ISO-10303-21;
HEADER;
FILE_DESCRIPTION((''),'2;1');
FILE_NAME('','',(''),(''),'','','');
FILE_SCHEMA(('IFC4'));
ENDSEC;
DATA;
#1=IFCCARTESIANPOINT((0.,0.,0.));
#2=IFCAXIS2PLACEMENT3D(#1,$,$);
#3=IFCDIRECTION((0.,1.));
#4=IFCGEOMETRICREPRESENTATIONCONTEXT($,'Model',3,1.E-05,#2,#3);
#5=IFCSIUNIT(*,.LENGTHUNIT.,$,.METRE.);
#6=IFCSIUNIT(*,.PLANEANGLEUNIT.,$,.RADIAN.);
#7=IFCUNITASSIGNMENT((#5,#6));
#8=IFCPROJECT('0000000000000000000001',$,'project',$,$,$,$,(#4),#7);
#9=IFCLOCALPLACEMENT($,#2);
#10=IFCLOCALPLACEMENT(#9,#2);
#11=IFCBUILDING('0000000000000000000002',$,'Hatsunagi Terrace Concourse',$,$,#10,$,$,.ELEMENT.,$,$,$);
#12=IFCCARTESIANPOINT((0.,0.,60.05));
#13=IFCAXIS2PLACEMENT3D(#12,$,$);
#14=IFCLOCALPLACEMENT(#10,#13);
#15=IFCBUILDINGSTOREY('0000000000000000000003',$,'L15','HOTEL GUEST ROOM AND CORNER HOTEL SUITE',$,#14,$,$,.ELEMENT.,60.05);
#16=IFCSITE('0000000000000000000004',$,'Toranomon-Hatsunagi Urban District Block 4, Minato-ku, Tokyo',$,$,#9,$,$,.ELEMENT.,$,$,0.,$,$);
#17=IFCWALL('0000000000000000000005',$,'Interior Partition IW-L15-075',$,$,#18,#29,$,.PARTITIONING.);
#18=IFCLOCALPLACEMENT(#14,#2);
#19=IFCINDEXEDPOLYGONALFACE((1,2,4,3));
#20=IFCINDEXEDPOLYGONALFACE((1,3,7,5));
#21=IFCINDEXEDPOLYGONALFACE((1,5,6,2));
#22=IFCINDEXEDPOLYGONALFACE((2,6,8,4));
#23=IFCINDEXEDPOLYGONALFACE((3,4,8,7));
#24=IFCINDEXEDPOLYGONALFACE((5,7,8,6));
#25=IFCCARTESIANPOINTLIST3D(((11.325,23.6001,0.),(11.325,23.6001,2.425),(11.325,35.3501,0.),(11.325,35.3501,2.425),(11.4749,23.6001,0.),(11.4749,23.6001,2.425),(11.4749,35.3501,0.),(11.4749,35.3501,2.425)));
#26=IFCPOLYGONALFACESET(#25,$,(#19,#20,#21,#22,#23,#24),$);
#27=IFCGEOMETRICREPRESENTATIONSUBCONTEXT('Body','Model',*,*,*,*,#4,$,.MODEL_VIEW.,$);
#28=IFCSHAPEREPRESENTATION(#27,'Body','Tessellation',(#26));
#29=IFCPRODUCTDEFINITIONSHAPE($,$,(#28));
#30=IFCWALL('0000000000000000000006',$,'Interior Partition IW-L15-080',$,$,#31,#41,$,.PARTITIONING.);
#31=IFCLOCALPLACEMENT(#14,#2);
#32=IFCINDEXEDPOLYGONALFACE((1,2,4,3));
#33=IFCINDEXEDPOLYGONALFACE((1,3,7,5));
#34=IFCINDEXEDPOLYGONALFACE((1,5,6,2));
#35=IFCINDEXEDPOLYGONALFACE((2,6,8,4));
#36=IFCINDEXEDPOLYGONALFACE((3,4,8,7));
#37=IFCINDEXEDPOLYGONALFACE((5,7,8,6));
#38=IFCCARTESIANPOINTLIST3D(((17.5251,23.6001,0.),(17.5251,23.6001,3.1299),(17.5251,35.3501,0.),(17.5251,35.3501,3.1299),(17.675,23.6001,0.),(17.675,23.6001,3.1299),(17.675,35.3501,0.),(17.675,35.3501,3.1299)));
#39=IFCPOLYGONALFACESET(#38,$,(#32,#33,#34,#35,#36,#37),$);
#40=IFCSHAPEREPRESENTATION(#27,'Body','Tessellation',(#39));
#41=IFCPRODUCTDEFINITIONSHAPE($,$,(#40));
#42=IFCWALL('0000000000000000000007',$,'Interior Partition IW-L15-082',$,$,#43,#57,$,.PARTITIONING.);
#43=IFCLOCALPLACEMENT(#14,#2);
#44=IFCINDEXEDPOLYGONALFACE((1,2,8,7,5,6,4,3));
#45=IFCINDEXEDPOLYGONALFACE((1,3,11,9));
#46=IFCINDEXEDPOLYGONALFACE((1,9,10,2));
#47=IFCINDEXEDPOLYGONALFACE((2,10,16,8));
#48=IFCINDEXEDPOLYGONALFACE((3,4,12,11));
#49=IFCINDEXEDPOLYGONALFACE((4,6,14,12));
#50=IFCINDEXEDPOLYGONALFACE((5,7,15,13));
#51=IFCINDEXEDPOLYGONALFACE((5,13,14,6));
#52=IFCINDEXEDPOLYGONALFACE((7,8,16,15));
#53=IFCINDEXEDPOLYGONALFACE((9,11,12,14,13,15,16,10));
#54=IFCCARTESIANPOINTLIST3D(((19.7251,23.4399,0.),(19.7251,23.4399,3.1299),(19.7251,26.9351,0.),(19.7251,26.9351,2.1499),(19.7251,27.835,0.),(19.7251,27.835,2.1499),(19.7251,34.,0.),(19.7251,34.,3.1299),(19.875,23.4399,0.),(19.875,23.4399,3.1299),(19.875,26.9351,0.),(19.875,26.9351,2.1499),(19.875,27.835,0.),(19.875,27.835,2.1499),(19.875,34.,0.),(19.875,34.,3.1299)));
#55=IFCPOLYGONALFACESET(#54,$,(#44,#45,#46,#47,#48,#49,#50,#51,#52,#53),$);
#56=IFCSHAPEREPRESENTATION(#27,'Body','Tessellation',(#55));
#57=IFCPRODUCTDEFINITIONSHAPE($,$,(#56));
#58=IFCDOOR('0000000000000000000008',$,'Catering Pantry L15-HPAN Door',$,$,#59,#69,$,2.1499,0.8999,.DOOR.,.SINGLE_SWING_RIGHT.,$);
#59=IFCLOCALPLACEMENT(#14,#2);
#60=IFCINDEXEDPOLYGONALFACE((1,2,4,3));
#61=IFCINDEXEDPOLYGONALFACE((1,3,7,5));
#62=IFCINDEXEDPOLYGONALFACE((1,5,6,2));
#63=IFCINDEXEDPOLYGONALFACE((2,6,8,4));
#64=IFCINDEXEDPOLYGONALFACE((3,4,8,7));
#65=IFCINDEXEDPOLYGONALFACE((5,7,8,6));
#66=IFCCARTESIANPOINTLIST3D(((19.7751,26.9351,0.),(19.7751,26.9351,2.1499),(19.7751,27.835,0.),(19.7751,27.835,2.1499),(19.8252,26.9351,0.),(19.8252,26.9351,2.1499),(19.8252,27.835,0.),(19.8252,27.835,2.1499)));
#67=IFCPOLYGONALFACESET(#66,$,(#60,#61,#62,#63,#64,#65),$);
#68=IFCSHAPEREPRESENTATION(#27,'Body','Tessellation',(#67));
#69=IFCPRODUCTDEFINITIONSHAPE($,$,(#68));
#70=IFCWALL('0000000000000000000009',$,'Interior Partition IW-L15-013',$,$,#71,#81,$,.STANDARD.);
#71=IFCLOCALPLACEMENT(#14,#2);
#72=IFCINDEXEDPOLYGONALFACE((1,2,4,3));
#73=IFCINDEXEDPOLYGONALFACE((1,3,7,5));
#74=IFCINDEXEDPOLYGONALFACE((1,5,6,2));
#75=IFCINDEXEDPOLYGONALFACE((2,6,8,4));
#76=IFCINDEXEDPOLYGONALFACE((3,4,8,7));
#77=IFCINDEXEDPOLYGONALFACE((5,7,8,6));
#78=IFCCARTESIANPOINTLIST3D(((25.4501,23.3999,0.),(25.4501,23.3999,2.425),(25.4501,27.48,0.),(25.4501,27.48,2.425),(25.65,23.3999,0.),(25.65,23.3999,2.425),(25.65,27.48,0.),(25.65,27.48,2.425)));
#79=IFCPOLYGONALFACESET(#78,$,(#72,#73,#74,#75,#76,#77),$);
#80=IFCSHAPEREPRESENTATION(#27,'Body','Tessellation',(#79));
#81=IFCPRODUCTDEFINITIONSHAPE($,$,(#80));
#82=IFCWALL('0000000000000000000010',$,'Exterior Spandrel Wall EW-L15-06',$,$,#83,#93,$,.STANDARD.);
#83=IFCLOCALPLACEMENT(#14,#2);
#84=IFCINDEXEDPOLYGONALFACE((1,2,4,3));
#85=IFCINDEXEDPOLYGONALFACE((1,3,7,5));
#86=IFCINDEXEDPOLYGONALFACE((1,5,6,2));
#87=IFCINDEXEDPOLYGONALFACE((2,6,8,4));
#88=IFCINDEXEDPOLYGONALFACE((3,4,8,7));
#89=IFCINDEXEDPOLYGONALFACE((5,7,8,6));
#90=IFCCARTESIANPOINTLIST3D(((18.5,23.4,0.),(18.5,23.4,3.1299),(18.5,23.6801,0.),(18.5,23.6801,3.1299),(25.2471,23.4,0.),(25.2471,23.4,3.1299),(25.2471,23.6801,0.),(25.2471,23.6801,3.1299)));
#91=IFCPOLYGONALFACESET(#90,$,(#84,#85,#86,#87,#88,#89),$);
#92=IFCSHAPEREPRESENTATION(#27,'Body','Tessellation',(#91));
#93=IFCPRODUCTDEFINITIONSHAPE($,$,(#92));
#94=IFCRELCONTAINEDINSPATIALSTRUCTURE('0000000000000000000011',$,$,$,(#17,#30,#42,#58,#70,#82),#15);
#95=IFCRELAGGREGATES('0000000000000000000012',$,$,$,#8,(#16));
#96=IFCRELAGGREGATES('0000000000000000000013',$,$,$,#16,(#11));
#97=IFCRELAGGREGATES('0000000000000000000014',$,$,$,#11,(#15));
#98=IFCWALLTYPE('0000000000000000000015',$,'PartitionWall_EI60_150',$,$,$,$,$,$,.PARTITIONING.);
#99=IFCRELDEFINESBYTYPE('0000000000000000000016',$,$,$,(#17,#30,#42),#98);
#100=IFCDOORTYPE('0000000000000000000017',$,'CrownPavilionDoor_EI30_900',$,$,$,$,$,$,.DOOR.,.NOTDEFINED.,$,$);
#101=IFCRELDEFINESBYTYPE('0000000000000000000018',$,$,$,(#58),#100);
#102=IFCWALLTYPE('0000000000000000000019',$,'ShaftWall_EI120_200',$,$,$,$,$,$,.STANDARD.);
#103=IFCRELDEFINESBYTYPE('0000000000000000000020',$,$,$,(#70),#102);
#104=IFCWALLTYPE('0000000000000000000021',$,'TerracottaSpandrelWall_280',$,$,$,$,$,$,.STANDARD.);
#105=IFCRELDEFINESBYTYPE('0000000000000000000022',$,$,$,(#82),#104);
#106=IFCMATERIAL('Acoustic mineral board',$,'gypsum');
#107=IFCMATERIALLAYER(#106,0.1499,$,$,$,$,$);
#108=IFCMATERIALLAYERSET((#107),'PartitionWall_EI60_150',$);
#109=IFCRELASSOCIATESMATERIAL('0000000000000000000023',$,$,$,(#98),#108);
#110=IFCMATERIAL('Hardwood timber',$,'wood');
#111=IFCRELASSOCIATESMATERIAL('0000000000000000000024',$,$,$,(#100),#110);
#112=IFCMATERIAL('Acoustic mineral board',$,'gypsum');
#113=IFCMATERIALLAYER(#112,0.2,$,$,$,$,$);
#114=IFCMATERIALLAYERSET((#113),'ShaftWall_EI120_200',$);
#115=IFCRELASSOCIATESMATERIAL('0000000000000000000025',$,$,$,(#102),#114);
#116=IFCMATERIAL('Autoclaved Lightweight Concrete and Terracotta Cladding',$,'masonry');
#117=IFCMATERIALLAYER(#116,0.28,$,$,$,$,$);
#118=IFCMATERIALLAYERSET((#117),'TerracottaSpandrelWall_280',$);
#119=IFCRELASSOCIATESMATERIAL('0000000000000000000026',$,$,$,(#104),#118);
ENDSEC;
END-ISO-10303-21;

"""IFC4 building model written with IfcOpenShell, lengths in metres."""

from ifc_helpers import new_model, si_unit, direction, frame, frame_2d, origin, place, context, subcontext, project, spatial, rectangle, extrude, material, layer, layer_set, type_object, element, fill, save


model = new_model("IFC4")

# Units and contexts
model_context = context("Model", 3, precision=1e-05, world=origin(), true_north=direction((0.0, 1.0)))
body_context = subcontext(model_context, "Body", "Model", "MODEL_VIEW")
ifc_project = project(units=[si_unit("LENGTHUNIT", "METRE"), si_unit("PLANEANGLEUNIT", "RADIAN")], contexts=[model_context])

# Site, building, storey
site_placement = place(None, origin())
site = spatial("IfcSite", under=ifc_project, at=site_placement, Name="Toranomon-Hatsunagi Urban District Block 4, Minato-ku, Tokyo", CompositionType="ELEMENT", RefElevation=0.0)
building_placement = place(site_placement, origin())
building = spatial("IfcBuilding", under=site, at=building_placement, Name="Hatsunagi Terrace Concourse", CompositionType="ELEMENT")
storey_placement = place(building_placement, frame((0.0, 0.0, 60.05)))
storey = spatial("IfcBuildingStorey", under=building, at=storey_placement, Name="L15", Description="HOTEL GUEST ROOM AND CORNER HOTEL SUITE", CompositionType="ELEMENT", Elevation=60.05)

# Walls
ifc_material_1 = material(Name="Acoustic mineral board", Category="gypsum")
ifc_layer_1 = layer(ifc_material_1, 0.1499)
ifc_layer_set_1 = layer_set([ifc_layer_1], Name="PartitionWall_EI60_150")
wall_type_1 = type_object("IfcWallType", Name="PartitionWall_EI60_150", PredefinedType="PARTITIONING", material=ifc_layer_set_1)
wall_1_placement = place(storey_placement, frame((11.3999, 23.6001, 0.0), z_axis=(0.0, 0.0, 1.0), x_axis=(0.0, 1.0, 0.0)))
element("IfcWall", 1, at=wall_1_placement, inside=storey, type_object=wall_type_1, Name="Interior Partition IW-L15-075", PredefinedType="PARTITIONING", context=body_context, shape_type="SweptSolid", body=[
    extrude(rectangle(XDim=11.75, YDim=0.1499, at=frame_2d((5.875, 0.0))), origin(), (0.0, 0.0, 1.0), 2.425),
])
wall_2_placement = place(storey_placement, frame((17.6001, 23.6001, 0.0), z_axis=(0.0, 0.0, 1.0), x_axis=(0.0, 1.0, 0.0)))
element("IfcWall", 2, at=wall_2_placement, inside=storey, type_object=wall_type_1, Name="Interior Partition IW-L15-080", PredefinedType="PARTITIONING", context=body_context, shape_type="SweptSolid", body=[
    extrude(rectangle(XDim=11.75, YDim=0.1499, at=frame_2d((5.875, 0.0))), origin(), (0.0, 0.0, 1.0), 3.1299),
])

# Wall, opening, door
wall_3_placement = place(storey_placement, frame((19.8, 23.4399, 0.0), z_axis=(0.0, 0.0, 1.0), x_axis=(0.0, 1.0, 0.0)))
wall_3 = element("IfcWall", 3, at=wall_3_placement, inside=storey, type_object=wall_type_1, Name="Interior Partition IW-L15-082", PredefinedType="PARTITIONING", context=body_context, shape_type="SweptSolid", body=[
    extrude(rectangle(XDim=10.5601, YDim=0.1499, at=frame_2d((5.28, 0.0))), origin(), (0.0, 0.0, 1.0), 3.1299),
])
opening_placement = place(wall_3_placement, frame((3.4951, 0.0, 0.0)))
opening = element("IfcOpeningElement", 4, at=opening_placement, cuts=wall_3, PredefinedType="OPENING", context=body_context, shape_type="SweptSolid", body=[
    extrude(rectangle(XDim=0.8999, YDim=2.1499, at=frame_2d((0.45, 1.075))), frame((0.0, 0.085, 0.0), z_axis=(0.0, -1.0, 0.0), x_axis=(1.0, 0.0, 0.0)), (0.0, 0.0, 1.0), 0.1699),
])
ifc_material_2 = material(Name="Hardwood timber", Category="wood")
door_type = type_object("IfcDoorType", Name="CrownPavilionDoor_EI30_900", OperationType="NOTDEFINED", PredefinedType="DOOR", material=ifc_material_2)
door_placement = place(opening_placement, origin())
door = element("IfcDoor", 5, at=door_placement, inside=storey, type_object=door_type, Name="Catering Pantry L15-HPAN Door", OperationType="SINGLE_SWING_RIGHT", OverallHeight=2.1499, OverallWidth=0.8999, PredefinedType="DOOR", context=body_context, shape_type="SweptSolid", body=[
    extrude(rectangle(XDim=0.8999, YDim=2.1499, at=frame_2d((0.45, 1.075))), frame((0.0, 0.0249, 0.0), z_axis=(0.0, -1.0, 0.0), x_axis=(1.0, 0.0, 0.0)), (0.0, 0.0, 1.0), 0.05),
])
fill(opening, door)

# Walls
ifc_material_3 = material(Name="Acoustic mineral board", Category="gypsum")
ifc_layer_2 = layer(ifc_material_3, 0.2)
ifc_layer_set_2 = layer_set([ifc_layer_2], Name="ShaftWall_EI120_200")
wall_type_2 = type_object("IfcWallType", Name="ShaftWall_EI120_200", PredefinedType="STANDARD", material=ifc_layer_set_2)
wall_4_placement = place(storey_placement, frame((25.55, 23.3999, 0.0), z_axis=(0.0, 0.0, 1.0), x_axis=(0.0, 1.0, 0.0)))
element("IfcWall", 6, at=wall_4_placement, inside=storey, type_object=wall_type_2, Name="Interior Partition IW-L15-013", PredefinedType="STANDARD", context=body_context, shape_type="SweptSolid", body=[
    extrude(rectangle(XDim=4.0801, YDim=0.2, at=frame_2d((2.04, 0.0))), origin(), (0.0, 0.0, 1.0), 2.425),
])
ifc_material_4 = material(Name="Autoclaved Lightweight Concrete and Terracotta Cladding", Category="masonry")
ifc_layer_3 = layer(ifc_material_4, 0.28)
ifc_layer_set_3 = layer_set([ifc_layer_3], Name="TerracottaSpandrelWall_280")
wall_type_3 = type_object("IfcWallType", Name="TerracottaSpandrelWall_280", PredefinedType="STANDARD", material=ifc_layer_set_3)
wall_5_placement = place(storey_placement, frame((25.2471, 23.54, 0.0), z_axis=(0.0, 0.0, 1.0), x_axis=(-1.0, 0.0, 0.0)))
element("IfcWall", 7, at=wall_5_placement, inside=storey, type_object=wall_type_3, Name="Exterior Spandrel Wall EW-L15-06", PredefinedType="STANDARD", context=body_context, shape_type="SweptSolid", body=[
    extrude(rectangle(XDim=6.7471, YDim=0.28, at=frame_2d((3.3735, 0.0))), origin(), (0.0, 0.0, 1.0), 3.1299),
])

save(model, "model.ifc")
